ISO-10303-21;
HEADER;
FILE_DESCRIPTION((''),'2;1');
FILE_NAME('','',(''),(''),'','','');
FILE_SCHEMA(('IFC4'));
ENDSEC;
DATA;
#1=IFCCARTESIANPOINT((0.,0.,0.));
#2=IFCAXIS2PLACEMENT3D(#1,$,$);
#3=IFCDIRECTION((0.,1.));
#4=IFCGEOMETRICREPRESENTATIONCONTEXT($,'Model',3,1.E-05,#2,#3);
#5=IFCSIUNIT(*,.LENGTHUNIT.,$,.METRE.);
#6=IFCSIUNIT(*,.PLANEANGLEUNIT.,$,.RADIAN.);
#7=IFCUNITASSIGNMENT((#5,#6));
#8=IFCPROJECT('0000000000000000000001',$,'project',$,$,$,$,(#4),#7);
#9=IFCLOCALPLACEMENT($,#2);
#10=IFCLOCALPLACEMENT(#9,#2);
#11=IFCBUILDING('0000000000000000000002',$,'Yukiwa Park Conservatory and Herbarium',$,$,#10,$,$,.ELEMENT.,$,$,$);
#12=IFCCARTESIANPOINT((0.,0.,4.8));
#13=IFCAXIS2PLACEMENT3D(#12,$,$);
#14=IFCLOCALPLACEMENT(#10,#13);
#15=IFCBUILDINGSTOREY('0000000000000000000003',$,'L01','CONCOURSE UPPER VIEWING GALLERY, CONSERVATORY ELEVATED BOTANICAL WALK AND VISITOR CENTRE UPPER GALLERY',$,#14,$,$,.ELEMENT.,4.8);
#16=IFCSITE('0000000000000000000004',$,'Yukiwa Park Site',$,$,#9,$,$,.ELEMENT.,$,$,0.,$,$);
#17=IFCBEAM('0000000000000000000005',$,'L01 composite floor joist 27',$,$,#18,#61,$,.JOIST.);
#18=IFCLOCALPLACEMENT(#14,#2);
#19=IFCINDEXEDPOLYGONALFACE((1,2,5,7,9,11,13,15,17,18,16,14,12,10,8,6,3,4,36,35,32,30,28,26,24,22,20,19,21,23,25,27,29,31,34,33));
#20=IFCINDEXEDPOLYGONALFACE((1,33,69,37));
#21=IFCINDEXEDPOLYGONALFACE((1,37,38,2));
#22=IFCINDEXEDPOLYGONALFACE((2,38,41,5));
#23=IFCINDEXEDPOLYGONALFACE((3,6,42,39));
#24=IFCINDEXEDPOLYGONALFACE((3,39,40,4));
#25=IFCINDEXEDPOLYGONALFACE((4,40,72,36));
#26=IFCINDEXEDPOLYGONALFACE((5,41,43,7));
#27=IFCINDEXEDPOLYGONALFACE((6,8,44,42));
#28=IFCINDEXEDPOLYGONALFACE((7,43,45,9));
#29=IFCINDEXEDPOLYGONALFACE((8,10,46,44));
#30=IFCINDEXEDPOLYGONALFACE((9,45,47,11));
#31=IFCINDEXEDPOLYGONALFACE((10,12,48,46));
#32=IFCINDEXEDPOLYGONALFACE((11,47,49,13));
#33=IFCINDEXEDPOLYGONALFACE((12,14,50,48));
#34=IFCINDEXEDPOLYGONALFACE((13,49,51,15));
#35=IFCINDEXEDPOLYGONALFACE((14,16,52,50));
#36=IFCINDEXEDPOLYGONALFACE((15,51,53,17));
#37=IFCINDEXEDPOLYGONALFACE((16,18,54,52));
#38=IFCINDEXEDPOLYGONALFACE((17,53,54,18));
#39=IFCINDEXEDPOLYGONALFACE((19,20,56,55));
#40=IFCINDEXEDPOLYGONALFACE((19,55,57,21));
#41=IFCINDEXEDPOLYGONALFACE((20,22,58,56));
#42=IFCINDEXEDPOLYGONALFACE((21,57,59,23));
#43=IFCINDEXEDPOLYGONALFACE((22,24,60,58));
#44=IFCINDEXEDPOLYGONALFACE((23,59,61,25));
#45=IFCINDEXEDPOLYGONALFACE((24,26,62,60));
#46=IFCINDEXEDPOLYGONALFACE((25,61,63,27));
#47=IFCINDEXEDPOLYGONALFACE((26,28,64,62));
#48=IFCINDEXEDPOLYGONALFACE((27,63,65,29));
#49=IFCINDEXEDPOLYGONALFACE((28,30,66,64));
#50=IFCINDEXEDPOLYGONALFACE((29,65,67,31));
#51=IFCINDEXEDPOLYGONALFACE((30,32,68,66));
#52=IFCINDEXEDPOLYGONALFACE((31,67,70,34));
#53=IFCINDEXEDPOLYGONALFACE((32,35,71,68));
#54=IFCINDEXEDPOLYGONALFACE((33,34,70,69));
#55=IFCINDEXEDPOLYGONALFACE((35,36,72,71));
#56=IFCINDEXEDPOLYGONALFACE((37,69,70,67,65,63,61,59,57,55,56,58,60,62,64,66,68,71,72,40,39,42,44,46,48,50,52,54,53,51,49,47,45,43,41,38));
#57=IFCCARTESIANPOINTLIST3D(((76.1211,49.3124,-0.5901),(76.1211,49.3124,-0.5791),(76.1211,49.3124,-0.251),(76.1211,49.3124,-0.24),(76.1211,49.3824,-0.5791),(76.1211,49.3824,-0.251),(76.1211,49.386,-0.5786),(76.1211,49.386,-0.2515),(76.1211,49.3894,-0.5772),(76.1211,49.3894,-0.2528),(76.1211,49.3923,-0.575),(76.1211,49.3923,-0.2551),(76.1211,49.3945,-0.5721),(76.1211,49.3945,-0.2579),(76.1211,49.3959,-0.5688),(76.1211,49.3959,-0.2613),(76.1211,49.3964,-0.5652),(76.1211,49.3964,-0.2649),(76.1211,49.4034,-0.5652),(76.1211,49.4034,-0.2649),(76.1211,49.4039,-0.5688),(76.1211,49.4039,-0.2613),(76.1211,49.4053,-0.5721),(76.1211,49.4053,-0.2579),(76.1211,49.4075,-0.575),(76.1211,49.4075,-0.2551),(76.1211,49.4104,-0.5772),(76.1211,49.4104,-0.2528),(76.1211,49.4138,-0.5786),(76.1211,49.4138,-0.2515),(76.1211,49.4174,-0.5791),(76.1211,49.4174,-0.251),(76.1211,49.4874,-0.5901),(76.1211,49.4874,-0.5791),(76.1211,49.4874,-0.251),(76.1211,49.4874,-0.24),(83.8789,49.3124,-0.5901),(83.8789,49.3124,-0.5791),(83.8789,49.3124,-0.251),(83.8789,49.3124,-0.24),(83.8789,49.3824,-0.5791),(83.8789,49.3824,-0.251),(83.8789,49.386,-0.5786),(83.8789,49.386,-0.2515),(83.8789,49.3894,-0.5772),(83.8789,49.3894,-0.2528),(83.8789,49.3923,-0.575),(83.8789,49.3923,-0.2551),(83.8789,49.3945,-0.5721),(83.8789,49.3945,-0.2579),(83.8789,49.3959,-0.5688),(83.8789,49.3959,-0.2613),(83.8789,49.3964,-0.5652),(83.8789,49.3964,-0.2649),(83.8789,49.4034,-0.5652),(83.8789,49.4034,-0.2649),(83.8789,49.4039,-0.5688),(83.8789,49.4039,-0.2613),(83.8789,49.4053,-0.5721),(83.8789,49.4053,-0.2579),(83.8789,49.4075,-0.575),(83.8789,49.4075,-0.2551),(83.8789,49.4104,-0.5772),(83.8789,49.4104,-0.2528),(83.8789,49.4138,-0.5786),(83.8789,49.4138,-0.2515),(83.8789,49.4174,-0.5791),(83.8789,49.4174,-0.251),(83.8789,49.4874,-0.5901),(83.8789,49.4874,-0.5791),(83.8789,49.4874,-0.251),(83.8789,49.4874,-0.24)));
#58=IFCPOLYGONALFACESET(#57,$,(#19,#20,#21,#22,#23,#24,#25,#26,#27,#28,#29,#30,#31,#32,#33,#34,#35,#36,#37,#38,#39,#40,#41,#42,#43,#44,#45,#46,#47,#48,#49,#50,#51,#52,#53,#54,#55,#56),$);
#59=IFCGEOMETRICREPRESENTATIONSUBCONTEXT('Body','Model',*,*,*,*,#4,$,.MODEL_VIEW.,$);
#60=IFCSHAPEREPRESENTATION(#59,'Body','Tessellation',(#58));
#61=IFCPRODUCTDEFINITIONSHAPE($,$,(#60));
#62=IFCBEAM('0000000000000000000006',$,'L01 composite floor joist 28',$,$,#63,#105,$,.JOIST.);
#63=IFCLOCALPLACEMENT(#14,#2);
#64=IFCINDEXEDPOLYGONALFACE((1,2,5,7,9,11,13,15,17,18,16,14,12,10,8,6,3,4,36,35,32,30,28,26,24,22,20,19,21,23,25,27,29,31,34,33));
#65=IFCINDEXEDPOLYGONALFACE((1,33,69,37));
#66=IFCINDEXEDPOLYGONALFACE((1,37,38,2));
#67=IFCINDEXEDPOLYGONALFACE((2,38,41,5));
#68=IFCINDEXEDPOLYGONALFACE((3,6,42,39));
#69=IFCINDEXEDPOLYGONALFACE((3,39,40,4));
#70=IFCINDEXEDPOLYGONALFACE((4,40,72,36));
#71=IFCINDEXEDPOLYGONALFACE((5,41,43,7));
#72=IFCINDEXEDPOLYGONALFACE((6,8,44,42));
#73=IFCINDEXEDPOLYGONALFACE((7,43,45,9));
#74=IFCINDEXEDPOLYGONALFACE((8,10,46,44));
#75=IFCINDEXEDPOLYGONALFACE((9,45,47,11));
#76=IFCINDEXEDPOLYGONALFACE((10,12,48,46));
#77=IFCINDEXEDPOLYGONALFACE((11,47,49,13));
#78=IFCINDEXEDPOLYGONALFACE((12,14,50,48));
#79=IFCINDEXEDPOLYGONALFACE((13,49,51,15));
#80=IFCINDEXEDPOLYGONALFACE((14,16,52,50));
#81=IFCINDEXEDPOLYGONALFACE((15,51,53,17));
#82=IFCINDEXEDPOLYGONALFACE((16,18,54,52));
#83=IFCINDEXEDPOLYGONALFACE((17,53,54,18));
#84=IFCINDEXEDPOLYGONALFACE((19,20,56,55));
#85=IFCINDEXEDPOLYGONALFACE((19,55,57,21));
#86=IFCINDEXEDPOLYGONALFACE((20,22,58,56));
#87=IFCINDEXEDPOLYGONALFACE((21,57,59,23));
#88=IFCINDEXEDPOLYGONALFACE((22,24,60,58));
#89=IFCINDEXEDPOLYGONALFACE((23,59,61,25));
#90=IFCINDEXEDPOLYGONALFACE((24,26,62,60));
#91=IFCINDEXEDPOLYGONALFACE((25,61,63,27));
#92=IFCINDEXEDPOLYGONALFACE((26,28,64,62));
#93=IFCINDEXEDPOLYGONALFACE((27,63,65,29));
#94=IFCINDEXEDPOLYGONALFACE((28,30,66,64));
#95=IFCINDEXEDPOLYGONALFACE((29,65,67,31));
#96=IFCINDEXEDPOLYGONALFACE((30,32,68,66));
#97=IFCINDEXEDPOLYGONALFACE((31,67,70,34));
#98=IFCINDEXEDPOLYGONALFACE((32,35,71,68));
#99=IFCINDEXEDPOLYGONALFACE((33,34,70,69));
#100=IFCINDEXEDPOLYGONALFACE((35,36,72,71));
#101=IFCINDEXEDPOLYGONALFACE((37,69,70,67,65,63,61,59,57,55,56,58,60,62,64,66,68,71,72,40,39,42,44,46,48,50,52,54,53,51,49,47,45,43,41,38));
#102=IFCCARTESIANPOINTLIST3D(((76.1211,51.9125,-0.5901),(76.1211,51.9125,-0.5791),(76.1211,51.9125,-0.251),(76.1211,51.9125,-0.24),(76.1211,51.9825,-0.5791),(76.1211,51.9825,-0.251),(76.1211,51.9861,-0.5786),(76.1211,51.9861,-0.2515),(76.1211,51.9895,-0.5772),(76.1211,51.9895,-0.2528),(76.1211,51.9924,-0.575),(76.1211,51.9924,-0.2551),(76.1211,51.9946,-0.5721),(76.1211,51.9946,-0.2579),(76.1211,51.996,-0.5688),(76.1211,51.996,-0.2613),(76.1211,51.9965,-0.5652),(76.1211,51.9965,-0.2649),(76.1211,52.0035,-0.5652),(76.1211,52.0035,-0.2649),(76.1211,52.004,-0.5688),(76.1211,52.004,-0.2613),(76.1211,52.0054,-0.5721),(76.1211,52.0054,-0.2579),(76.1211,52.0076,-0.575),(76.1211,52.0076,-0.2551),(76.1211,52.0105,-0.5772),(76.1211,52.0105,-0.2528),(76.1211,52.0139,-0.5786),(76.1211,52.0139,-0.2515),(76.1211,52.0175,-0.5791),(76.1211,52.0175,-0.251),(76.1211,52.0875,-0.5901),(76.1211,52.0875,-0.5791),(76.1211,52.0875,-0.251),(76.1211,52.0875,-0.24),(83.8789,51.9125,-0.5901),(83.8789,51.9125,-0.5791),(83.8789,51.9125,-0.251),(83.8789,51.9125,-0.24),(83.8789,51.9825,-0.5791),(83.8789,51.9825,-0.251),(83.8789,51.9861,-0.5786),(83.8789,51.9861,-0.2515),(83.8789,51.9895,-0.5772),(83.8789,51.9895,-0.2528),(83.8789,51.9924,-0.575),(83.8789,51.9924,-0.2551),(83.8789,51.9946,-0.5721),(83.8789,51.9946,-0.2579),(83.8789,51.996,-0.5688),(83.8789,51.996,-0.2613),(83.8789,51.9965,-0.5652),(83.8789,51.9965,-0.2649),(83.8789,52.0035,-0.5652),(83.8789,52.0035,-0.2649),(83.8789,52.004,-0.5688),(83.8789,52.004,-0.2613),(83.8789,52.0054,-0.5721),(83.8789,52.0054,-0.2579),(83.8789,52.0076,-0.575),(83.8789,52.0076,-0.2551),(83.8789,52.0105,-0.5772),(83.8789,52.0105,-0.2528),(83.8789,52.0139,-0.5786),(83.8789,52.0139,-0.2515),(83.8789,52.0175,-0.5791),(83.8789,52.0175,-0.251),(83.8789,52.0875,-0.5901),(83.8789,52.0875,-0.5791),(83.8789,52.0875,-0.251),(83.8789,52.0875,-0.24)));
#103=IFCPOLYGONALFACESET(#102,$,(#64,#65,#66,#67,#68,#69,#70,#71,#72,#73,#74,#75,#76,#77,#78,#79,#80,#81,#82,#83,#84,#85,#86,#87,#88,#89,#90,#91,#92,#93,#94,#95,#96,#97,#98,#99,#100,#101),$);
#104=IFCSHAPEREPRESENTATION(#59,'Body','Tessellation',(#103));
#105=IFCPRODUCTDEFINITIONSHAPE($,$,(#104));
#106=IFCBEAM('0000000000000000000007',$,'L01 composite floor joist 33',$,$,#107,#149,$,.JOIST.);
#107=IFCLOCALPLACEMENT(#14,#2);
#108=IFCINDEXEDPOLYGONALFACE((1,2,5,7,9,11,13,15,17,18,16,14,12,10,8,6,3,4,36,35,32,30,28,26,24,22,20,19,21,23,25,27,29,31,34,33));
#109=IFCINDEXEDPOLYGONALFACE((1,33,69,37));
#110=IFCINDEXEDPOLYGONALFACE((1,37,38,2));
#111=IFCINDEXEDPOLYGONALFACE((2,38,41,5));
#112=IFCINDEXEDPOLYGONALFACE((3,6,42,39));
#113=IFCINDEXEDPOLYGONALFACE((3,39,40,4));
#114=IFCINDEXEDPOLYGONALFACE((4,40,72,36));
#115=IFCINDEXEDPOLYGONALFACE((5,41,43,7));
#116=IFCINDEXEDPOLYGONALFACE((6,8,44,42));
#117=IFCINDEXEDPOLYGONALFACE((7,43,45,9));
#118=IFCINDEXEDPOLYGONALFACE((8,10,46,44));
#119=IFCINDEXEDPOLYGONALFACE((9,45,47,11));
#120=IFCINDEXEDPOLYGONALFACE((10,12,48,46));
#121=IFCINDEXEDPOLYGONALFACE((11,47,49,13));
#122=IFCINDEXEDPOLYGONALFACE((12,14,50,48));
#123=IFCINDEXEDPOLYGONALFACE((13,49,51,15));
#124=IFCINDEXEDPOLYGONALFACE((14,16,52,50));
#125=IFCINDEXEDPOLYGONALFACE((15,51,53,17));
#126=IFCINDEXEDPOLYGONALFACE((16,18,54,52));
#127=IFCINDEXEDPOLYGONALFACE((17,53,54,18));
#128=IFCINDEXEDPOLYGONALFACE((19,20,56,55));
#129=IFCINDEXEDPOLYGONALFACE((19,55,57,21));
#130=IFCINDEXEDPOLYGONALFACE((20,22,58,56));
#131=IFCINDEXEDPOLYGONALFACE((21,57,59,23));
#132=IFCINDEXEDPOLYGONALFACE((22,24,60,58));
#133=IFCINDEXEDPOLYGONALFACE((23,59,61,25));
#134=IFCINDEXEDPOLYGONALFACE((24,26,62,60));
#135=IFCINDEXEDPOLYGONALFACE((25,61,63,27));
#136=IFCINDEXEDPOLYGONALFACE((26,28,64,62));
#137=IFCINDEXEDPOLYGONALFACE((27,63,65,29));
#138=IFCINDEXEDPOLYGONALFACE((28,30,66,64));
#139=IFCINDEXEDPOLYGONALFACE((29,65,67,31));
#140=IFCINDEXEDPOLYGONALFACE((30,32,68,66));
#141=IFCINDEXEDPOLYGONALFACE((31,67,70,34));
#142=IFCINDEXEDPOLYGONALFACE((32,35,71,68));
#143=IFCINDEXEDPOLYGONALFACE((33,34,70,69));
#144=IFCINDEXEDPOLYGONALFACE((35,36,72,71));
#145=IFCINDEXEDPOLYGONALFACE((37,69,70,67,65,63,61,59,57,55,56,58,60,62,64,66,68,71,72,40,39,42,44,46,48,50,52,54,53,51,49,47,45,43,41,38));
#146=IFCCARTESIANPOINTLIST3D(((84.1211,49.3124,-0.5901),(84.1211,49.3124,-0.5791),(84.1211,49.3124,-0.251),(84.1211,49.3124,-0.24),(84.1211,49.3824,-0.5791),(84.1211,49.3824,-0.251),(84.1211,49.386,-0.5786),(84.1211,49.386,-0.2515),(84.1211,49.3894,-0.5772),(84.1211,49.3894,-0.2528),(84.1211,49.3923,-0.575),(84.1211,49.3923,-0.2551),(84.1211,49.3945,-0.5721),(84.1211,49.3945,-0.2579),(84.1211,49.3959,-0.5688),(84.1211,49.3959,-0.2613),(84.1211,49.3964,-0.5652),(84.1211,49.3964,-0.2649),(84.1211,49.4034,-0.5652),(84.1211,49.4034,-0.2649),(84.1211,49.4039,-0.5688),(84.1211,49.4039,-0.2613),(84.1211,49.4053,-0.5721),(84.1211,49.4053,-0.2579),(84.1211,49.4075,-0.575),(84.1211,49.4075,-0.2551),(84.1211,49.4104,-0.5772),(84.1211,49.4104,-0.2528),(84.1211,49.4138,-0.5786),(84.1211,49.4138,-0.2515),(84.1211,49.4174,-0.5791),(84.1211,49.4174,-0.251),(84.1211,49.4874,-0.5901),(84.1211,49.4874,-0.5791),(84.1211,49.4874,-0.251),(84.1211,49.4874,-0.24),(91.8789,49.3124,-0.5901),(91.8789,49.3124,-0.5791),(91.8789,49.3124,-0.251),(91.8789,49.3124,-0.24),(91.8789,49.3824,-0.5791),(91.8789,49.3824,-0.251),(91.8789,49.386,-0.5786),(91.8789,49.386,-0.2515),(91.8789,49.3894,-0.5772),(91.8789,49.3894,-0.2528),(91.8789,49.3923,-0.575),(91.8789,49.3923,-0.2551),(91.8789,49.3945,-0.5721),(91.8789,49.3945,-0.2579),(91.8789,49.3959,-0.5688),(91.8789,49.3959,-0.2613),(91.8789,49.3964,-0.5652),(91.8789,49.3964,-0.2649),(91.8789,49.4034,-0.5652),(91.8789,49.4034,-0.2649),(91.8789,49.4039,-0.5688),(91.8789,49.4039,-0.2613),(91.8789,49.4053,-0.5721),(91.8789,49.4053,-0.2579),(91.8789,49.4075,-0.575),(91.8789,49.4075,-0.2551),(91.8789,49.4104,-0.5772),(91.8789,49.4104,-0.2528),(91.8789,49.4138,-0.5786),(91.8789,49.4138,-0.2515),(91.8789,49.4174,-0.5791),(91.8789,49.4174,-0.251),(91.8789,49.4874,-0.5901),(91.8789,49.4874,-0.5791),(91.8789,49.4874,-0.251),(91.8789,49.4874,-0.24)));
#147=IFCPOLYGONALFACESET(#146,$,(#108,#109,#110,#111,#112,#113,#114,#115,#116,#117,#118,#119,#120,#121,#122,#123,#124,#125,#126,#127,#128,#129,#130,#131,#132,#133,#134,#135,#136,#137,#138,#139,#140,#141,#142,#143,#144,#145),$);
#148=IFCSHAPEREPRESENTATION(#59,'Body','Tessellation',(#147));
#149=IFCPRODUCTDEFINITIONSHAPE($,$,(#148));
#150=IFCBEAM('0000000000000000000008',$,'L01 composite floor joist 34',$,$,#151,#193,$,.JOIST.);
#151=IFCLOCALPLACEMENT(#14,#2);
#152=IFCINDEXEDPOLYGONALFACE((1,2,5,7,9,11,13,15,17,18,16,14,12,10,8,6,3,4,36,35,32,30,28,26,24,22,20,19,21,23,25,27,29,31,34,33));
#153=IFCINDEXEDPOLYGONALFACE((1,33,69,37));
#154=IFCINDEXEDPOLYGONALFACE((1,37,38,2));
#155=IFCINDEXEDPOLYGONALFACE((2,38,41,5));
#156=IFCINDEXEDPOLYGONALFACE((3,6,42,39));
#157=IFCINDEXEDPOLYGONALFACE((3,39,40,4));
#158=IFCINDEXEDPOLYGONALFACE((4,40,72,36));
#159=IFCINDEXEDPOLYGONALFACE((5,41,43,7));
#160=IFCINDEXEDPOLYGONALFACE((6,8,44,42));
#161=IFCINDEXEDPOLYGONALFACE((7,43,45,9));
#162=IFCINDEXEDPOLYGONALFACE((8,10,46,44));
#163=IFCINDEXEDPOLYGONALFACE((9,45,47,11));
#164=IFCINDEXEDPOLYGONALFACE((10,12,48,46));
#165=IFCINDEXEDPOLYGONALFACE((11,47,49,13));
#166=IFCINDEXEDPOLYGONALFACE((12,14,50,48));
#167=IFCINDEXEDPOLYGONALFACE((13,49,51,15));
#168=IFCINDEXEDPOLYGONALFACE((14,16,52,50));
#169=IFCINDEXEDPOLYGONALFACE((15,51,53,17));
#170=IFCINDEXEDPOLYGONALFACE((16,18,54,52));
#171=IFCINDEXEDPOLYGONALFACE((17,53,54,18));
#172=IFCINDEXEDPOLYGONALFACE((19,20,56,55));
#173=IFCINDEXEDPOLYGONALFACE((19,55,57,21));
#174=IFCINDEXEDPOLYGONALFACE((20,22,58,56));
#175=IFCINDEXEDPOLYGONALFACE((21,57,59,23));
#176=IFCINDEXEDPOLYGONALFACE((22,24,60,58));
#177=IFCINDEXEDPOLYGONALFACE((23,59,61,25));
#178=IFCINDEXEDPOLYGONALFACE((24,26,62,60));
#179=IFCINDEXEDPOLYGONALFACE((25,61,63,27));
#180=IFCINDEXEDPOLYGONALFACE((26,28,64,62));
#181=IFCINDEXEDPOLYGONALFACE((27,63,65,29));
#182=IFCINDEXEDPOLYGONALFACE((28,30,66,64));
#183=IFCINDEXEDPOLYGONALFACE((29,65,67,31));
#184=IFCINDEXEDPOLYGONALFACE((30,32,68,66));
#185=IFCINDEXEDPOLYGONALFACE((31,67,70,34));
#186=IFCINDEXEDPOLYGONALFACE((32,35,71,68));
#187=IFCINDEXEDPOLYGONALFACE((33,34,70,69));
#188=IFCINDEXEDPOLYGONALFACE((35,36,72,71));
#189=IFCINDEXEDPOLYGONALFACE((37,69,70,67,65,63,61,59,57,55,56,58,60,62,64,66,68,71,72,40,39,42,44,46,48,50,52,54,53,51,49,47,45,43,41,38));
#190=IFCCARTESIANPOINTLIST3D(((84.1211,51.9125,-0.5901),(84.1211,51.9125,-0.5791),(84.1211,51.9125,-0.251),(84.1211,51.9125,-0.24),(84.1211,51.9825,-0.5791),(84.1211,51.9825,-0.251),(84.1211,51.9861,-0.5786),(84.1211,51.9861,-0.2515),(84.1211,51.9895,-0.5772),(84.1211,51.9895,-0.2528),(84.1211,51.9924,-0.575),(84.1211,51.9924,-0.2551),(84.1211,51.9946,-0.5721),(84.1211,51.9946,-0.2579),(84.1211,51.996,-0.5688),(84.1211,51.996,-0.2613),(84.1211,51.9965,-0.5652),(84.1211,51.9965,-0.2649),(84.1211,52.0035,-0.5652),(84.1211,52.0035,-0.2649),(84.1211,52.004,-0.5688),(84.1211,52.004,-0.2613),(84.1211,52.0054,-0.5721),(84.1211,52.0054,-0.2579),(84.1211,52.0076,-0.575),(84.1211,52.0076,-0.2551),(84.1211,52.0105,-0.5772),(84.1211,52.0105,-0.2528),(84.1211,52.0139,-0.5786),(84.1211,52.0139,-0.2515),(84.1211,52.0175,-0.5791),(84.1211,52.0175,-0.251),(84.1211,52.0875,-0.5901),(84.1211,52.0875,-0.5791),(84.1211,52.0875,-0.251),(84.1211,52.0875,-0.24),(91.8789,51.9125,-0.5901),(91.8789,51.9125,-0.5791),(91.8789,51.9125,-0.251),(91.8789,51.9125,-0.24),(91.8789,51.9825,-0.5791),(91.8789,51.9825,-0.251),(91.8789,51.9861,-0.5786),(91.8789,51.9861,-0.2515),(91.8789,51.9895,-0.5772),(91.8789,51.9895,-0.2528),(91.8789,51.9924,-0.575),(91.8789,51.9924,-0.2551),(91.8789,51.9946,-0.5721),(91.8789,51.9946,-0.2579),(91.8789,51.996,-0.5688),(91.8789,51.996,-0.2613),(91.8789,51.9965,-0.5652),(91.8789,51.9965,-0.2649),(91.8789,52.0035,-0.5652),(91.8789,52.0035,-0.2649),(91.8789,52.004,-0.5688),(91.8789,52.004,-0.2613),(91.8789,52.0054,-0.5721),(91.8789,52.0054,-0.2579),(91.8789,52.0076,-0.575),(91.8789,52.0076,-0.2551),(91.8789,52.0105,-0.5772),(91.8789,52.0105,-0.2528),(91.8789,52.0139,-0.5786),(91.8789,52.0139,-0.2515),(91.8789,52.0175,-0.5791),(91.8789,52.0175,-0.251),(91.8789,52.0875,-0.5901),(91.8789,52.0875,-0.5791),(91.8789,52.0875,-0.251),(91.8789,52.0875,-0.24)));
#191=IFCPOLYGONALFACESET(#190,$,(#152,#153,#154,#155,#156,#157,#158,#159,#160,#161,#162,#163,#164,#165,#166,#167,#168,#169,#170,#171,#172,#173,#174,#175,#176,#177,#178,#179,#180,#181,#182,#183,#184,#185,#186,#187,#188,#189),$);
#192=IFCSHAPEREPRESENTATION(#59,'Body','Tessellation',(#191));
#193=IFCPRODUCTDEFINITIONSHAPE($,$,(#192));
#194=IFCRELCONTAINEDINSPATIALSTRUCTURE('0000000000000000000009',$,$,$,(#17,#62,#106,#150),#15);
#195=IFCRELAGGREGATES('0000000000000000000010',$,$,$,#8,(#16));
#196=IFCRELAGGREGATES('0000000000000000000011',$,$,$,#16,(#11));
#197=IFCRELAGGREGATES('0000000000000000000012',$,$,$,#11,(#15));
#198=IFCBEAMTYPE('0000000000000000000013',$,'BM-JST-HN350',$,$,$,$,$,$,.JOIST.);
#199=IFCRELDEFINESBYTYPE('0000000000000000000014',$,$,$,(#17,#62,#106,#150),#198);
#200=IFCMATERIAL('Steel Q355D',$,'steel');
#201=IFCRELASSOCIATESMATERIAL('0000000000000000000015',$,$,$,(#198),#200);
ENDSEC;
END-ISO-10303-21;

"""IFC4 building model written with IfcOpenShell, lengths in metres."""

from ifc_helpers import new_model, si_unit, direction, frame, origin, origin_2d, place, context, subcontext, project, spatial, i_section, extrude, material, material_profile, profile_set, type_object, element, save


model = new_model("IFC4")

# Units and contexts
model_context = context("Model", 3, precision=1e-05, world=origin(), true_north=direction((0.0, 1.0)))
body_context = subcontext(model_context, "Body", "Model", "MODEL_VIEW")
ifc_project = project(units=[si_unit("LENGTHUNIT", "METRE"), si_unit("PLANEANGLEUNIT", "RADIAN")], contexts=[model_context])

# Site, building, storey
site_placement = place(None, origin())
site = spatial("IfcSite", under=ifc_project, at=site_placement, Name="Yukiwa Park Site", CompositionType="ELEMENT", RefElevation=0.0)
building_placement = place(site_placement, origin())
building = spatial("IfcBuilding", under=site, at=building_placement, Name="Yukiwa Park Conservatory and Herbarium", CompositionType="ELEMENT")
storey_placement = place(building_placement, frame((0.0, 0.0, 4.8)))
storey = spatial("IfcBuildingStorey", under=building, at=storey_placement, Name="L01", Description="CONCOURSE UPPER VIEWING GALLERY, CONSERVATORY ELEVATED BOTANICAL WALK AND VISITOR CENTRE UPPER GALLERY", CompositionType="ELEMENT", Elevation=4.8)

# Beams
ifc_material_1 = material(Name="Steel Q355D", Category="steel")
ifc_material_profile_1 = material_profile(ifc_material_1, i_section(OverallWidth=0.175, OverallDepth=0.3501, WebThickness=0.0071, FlangeThickness=0.011, FilletRadius=0.0139, at=origin_2d()), Name="HN 350x175x7x11")
ifc_profile_set_1 = profile_set([ifc_material_profile_1], Name="Steel Q355D")
beam_type_1 = type_object("IfcBeamType", Name="BM-JST-HN350", PredefinedType="JOIST", material=ifc_profile_set_1)
for number, where, z_axis, x_axis, name in (
    (1, (76.1211, 49.3999, -0.415), (1.0, 0.0, 0.0), (0.0, 1.0, 0.0), "L01 composite floor joist 27"),
    (2, (76.1211, 52.0, -0.415), (1.0, 0.0, 0.0), (0.0, 1.0, 0.0), "L01 composite floor joist 28"),
    (3, (84.1211, 49.3999, -0.415), (1.0, 0.0, 0.0), (0.0, 1.0, 0.0), "L01 composite floor joist 33"),
    (4, (84.1211, 52.0, -0.415), (1.0, 0.0, 0.0), (0.0, 1.0, 0.0), "L01 composite floor joist 34"),
):
    element("IfcBeam", number, at=place(storey_placement, frame(where, z_axis=z_axis, x_axis=x_axis)), inside=storey, type_object=beam_type_1, Name=name, PredefinedType="JOIST", context=body_context, shape_type="SweptSolid", body=[
        extrude(i_section(OverallWidth=0.175, OverallDepth=0.3501, WebThickness=0.0071, FlangeThickness=0.011, FilletRadius=0.0139, at=origin_2d()), origin(), (0.0, 0.0, 1.0), 7.7578),
    ])

save(model, "model.ifc")
